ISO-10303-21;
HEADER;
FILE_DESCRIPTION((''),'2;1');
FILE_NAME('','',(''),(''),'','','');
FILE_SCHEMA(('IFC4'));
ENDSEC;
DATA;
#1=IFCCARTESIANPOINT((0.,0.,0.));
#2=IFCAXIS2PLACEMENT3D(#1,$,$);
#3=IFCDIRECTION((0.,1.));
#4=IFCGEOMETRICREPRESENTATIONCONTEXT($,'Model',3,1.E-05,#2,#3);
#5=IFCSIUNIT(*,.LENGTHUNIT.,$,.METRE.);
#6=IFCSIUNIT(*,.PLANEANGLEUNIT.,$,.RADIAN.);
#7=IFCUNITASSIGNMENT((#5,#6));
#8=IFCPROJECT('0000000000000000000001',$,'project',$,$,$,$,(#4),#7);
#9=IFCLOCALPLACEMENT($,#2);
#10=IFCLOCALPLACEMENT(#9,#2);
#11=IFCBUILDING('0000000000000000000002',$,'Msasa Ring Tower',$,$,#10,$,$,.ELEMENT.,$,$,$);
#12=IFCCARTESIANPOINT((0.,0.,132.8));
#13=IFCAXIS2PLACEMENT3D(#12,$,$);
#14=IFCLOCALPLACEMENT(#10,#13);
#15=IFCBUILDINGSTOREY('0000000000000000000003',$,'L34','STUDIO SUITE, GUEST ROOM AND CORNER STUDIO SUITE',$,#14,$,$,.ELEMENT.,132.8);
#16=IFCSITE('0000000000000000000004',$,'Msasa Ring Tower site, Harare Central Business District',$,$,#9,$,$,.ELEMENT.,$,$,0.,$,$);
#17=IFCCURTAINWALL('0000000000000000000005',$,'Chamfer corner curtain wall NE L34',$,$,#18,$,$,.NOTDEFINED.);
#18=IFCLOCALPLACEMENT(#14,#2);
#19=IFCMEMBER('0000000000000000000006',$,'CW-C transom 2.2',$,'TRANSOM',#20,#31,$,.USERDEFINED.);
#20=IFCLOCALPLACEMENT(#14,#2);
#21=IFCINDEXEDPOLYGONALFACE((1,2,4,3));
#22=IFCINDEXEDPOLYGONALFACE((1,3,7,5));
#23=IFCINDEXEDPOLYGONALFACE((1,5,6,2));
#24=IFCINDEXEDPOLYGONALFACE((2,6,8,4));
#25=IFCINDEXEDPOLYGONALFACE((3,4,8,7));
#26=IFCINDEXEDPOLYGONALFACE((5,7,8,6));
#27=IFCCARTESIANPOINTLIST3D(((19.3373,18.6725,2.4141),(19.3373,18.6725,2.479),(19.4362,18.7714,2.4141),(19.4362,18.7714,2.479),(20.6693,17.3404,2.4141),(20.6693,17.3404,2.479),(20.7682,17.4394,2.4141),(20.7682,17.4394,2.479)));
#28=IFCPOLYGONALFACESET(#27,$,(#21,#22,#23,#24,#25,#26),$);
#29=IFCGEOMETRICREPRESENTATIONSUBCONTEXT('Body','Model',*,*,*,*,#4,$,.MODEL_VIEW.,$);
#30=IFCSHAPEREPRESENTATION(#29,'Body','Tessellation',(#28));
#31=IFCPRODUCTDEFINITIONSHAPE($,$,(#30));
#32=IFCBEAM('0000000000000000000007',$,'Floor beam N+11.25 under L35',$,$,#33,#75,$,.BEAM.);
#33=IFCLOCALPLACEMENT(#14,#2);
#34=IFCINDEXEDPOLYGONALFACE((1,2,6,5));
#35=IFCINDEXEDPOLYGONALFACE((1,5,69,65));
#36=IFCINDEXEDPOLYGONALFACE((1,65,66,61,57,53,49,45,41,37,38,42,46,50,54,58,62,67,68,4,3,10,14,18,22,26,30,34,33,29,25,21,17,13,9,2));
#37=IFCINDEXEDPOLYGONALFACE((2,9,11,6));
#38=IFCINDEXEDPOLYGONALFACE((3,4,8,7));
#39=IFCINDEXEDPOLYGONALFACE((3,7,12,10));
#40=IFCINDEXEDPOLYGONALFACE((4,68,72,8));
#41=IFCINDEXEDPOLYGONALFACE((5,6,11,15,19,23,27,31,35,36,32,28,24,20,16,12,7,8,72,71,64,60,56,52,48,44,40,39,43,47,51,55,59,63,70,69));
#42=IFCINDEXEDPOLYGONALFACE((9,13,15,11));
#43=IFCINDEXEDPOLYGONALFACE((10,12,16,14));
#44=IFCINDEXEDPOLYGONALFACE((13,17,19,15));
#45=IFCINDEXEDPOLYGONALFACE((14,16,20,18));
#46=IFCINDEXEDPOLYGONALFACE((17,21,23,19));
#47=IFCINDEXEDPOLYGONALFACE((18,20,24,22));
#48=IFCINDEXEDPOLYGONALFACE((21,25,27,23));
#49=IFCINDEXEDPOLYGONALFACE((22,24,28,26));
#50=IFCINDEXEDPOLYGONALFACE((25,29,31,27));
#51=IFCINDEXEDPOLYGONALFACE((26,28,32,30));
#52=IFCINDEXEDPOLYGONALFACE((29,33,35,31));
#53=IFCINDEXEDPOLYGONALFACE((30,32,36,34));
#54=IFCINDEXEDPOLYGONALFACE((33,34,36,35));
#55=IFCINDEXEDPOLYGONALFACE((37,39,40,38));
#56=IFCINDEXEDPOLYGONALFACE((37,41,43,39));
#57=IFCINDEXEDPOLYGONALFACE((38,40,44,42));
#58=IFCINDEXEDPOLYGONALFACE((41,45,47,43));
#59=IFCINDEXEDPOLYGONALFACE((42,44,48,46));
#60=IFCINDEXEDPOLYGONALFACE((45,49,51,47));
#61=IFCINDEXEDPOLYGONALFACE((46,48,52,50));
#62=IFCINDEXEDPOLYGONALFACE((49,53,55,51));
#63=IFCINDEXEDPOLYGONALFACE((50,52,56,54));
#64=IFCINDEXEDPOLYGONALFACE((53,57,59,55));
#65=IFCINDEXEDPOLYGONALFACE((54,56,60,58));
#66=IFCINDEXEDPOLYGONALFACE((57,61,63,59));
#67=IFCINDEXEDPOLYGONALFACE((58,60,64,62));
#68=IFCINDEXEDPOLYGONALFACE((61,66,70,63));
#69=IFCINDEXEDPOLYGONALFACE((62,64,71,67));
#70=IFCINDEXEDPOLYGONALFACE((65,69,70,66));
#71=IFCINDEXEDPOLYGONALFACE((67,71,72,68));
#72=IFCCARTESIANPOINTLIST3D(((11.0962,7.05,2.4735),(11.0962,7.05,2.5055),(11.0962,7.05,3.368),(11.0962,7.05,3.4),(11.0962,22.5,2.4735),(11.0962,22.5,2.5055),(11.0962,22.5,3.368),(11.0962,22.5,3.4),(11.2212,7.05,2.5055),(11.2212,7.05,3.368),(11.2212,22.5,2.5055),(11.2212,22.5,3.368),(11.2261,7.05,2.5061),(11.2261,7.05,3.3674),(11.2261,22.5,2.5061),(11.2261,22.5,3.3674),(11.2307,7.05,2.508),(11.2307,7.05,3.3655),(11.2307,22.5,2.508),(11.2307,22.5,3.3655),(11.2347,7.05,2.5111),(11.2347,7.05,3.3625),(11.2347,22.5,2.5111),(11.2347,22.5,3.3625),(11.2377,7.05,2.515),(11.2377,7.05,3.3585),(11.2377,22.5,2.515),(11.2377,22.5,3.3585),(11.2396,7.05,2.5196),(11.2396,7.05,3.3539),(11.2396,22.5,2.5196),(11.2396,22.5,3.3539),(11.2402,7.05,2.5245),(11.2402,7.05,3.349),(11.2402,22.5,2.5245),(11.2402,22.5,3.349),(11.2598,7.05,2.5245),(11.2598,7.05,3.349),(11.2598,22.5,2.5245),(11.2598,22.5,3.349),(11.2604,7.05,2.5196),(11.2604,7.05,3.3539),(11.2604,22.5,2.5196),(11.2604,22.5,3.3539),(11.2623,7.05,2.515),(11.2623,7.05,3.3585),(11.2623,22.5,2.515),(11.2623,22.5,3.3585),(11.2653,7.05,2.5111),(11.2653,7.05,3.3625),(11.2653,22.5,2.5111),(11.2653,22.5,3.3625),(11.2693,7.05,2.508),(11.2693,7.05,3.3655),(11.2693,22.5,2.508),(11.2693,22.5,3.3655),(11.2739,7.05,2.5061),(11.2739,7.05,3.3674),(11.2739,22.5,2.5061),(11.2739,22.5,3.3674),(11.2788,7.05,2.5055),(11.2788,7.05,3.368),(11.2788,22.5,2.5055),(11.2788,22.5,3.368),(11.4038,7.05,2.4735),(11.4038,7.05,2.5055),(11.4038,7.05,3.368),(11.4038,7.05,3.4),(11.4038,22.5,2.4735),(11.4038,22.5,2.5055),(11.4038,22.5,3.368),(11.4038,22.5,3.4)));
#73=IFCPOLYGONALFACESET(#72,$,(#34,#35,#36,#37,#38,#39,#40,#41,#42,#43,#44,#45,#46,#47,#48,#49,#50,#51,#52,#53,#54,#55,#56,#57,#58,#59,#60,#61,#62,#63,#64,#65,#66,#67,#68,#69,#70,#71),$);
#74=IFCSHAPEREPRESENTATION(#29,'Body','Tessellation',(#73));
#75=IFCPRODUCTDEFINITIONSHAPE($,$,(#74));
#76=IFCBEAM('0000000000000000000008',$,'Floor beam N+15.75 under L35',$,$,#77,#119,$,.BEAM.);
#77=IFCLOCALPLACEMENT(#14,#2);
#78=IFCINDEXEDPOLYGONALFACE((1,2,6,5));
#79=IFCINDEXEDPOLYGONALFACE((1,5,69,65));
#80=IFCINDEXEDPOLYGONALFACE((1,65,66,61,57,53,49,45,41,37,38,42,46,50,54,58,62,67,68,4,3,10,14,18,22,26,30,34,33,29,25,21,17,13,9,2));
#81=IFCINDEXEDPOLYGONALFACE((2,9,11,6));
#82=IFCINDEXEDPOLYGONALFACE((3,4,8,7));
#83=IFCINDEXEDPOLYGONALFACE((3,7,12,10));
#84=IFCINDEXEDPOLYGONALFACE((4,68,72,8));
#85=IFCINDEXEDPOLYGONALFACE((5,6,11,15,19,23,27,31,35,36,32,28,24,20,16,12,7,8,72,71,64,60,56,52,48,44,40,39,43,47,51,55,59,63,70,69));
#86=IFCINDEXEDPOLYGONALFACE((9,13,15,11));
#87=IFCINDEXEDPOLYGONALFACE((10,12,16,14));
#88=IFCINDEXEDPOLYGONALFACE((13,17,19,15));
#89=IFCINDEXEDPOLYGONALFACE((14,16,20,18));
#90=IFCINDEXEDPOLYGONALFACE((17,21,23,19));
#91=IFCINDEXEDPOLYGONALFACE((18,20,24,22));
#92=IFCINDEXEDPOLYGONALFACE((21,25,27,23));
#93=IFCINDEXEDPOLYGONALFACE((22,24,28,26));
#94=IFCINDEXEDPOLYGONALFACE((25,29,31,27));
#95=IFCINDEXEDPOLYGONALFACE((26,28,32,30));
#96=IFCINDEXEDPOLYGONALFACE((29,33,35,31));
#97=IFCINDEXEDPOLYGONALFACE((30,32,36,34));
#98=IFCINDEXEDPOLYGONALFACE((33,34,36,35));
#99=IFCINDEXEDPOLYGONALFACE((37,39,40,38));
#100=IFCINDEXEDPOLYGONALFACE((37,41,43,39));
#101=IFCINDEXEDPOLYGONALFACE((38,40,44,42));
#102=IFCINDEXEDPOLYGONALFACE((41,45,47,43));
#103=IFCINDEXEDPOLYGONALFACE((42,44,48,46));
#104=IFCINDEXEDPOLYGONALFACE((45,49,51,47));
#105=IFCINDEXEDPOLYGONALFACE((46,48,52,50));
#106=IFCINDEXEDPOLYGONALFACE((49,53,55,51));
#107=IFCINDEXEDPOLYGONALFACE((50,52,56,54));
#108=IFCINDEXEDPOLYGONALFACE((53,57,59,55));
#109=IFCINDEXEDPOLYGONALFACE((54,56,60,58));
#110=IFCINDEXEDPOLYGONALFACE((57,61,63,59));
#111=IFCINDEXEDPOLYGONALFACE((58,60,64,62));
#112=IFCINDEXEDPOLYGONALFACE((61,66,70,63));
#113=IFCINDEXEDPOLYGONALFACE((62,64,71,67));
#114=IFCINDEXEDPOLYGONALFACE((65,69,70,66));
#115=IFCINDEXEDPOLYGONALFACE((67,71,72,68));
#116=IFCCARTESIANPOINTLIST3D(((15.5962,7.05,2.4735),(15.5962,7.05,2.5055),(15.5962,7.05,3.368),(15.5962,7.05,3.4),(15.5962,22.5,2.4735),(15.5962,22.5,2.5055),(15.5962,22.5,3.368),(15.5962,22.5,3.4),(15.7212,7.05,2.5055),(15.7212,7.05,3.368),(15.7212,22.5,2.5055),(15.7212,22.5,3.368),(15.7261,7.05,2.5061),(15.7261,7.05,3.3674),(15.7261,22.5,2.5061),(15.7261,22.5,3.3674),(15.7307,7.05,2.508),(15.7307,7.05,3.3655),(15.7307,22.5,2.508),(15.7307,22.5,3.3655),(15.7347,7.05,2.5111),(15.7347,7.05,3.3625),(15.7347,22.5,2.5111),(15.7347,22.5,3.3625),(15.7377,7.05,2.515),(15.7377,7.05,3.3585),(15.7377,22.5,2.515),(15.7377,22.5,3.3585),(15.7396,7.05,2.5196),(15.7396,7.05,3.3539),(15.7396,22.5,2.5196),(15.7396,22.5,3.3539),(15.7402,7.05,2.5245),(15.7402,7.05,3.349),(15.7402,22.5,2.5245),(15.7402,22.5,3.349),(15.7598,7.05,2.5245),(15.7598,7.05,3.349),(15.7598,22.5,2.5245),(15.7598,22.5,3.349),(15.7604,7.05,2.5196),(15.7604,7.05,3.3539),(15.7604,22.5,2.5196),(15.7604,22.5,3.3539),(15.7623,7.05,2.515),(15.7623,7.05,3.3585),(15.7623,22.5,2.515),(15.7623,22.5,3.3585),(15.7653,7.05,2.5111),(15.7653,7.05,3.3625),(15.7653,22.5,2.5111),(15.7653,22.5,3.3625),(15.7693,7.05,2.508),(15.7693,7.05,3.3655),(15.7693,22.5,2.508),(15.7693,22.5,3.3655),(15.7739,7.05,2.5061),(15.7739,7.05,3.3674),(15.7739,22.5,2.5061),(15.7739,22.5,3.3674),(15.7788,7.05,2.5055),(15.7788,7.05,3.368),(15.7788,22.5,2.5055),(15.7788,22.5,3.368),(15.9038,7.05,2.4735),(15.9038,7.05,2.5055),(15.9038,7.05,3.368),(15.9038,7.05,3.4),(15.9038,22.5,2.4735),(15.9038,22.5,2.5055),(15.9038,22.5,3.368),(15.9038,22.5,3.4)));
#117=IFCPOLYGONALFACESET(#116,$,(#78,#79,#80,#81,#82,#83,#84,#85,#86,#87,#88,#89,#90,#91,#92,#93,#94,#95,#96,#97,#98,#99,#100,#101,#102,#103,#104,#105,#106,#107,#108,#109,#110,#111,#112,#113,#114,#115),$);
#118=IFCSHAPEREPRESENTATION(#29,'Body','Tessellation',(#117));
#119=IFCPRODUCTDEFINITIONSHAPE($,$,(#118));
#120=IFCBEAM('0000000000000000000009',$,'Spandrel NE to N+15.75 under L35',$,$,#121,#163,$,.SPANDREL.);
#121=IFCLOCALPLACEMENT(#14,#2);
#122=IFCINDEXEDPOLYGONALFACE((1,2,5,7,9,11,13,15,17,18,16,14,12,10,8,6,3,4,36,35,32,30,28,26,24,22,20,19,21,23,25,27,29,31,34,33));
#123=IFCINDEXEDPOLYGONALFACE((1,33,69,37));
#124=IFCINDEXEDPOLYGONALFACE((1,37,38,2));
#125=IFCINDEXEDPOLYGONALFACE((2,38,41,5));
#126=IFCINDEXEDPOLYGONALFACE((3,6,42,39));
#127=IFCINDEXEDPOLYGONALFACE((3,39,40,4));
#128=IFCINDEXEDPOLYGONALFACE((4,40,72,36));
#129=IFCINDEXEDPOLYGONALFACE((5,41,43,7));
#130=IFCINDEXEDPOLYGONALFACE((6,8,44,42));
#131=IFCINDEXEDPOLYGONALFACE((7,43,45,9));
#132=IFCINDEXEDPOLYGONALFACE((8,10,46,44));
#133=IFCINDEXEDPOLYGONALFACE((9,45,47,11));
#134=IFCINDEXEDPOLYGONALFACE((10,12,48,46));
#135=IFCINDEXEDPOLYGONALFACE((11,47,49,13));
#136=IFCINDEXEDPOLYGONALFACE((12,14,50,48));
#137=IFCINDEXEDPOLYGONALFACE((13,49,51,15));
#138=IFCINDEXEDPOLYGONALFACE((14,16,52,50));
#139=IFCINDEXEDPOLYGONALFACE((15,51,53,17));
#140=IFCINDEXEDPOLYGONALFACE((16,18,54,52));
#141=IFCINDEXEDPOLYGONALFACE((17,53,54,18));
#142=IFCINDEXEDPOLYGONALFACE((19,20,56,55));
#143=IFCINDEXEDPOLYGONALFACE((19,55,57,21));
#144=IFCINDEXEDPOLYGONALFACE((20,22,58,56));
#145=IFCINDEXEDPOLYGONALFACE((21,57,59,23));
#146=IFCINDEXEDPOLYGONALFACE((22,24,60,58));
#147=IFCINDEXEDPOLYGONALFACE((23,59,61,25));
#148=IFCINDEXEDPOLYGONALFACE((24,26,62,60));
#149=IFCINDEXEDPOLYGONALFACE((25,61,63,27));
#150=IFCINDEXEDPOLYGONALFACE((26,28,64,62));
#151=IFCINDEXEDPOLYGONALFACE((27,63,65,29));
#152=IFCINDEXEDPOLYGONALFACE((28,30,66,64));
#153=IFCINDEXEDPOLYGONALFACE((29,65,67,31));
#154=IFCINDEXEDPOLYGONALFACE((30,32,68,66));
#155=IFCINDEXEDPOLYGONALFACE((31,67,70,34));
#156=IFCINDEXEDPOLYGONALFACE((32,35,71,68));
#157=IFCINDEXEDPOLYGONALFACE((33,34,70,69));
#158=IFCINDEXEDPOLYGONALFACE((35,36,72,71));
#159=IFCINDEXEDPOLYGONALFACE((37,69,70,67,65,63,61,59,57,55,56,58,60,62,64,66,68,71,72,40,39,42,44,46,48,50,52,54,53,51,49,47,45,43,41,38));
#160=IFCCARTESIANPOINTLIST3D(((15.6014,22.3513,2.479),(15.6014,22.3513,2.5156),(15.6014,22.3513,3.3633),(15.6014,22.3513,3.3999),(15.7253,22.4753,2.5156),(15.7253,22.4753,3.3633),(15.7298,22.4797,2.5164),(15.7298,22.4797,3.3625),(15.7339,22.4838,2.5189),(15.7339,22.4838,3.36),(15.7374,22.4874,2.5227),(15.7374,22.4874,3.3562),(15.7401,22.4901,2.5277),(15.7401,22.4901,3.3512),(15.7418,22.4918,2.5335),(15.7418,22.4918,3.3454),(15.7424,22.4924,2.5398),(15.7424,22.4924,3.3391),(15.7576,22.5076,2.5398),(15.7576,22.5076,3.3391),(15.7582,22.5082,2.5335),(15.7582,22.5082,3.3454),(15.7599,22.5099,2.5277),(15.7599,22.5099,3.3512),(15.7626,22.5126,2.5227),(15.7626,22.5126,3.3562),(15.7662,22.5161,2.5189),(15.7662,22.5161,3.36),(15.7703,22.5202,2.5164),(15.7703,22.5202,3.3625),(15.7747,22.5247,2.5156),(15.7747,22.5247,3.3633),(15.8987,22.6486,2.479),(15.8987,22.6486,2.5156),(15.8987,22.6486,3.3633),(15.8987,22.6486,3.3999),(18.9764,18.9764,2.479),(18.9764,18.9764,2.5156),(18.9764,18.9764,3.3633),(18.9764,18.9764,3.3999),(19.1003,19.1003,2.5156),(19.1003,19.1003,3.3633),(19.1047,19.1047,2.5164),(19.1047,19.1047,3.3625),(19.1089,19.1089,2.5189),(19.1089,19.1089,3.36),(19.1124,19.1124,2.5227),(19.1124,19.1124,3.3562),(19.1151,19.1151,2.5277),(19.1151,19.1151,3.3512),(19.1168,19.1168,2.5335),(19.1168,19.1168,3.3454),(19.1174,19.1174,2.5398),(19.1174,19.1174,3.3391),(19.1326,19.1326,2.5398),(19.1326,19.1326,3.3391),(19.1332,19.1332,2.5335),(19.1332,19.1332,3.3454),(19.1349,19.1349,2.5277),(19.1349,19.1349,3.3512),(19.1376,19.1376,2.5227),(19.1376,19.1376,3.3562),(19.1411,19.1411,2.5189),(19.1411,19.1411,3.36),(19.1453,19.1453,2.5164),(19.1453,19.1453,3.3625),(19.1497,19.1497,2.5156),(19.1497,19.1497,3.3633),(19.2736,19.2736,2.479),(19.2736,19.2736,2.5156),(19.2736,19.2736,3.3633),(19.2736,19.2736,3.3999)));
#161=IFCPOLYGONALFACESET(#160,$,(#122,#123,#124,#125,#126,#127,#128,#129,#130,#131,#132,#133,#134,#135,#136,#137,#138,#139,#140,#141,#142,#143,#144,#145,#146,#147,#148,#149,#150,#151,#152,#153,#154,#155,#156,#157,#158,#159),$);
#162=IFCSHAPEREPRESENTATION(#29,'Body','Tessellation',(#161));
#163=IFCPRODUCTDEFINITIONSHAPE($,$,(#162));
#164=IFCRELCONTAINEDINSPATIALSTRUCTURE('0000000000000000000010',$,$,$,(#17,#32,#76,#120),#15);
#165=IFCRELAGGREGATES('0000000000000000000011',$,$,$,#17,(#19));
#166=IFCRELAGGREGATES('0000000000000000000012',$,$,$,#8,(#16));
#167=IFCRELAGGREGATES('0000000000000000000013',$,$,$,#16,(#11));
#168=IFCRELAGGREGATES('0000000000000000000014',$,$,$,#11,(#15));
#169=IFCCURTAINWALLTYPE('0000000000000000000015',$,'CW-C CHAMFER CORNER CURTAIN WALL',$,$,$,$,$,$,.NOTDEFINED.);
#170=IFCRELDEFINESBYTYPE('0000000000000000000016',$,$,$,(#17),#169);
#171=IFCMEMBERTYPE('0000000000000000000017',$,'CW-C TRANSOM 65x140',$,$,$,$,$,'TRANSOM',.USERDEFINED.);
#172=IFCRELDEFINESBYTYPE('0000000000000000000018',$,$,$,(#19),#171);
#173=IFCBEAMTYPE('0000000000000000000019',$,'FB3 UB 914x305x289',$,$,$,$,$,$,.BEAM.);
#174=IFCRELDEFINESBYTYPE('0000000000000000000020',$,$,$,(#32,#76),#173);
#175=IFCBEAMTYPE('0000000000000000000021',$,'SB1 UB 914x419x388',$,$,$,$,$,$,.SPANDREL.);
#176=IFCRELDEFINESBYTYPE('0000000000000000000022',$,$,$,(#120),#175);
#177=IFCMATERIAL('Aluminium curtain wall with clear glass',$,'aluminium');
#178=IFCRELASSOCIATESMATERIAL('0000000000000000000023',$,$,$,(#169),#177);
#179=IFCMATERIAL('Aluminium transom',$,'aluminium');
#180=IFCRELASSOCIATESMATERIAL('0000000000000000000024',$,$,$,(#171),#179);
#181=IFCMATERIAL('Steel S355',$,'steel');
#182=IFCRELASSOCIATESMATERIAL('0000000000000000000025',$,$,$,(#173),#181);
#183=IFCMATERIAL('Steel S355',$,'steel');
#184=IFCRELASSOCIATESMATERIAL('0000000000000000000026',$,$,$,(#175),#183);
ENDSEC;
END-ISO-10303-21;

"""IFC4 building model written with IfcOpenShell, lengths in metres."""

from ifc_helpers import new_model, si_unit, direction, frame, origin, origin_2d, place, context, subcontext, project, spatial, rectangle, i_section, extrude, material, material_profile, profile_set, type_object, element, aggregate, save


model = new_model("IFC4")

# Units and contexts
model_context = context("Model", 3, precision=1e-05, world=origin(), true_north=direction((0.0, 1.0)))
body_context = subcontext(model_context, "Body", "Model", "MODEL_VIEW")
ifc_project = project(units=[si_unit("LENGTHUNIT", "METRE"), si_unit("PLANEANGLEUNIT", "RADIAN")], contexts=[model_context])

# Site, building, storey
site_placement = place(None, origin())
site = spatial("IfcSite", under=ifc_project, at=site_placement, Name="Msasa Ring Tower site, Harare Central Business District", CompositionType="ELEMENT", RefElevation=0.0)
building_placement = place(site_placement, origin())
building = spatial("IfcBuilding", under=site, at=building_placement, Name="Msasa Ring Tower", CompositionType="ELEMENT")
storey_placement = place(building_placement, frame((0.0, 0.0, 132.8)))
storey = spatial("IfcBuildingStorey", under=building, at=storey_placement, Name="L34", Description="STUDIO SUITE, GUEST ROOM AND CORNER STUDIO SUITE", CompositionType="ELEMENT", Elevation=132.8)

# Curtain wall
ifc_material_1 = material(Name="Aluminium curtain wall with clear glass", Category="aluminium")
curtain_wall_type = type_object("IfcCurtainWallType", Name="CW-C CHAMFER CORNER CURTAIN WALL", PredefinedType="NOTDEFINED", material=ifc_material_1)
curtain_wall_1_placement = place(storey_placement, origin())
curtain_wall_1 = element("IfcCurtainWall", 1, at=curtain_wall_1_placement, inside=storey, type_object=curtain_wall_type, Name="Chamfer corner curtain wall NE L34", PredefinedType="NOTDEFINED")

# Member
ifc_material_2 = material(Name="Aluminium transom", Category="aluminium")
ifc_material_profile_1 = material_profile(ifc_material_2, rectangle(XDim=0.1399, YDim=0.0649, at=origin_2d()), Name="AL 65x140")
ifc_profile_set_1 = profile_set([ifc_material_profile_1], Name="Aluminium transom")
member_type_1 = type_object("IfcMemberType", Name="CW-C TRANSOM 65x140", ElementType="TRANSOM", PredefinedType="USERDEFINED", material=ifc_profile_set_1)
member_1_placement = place(storey_placement, frame((20.7188, 17.3899, 2.4465), z_axis=(-0.707107, 0.707107, 0.0), x_axis=(-0.707107, -0.707107, 0.0)))
member_1 = element("IfcMember", 2, at=member_1_placement, type_object=member_type_1, Name="CW-C transom 2.2", ObjectType="TRANSOM", PredefinedType="USERDEFINED", context=body_context, shape_type="SweptSolid", body=[
    extrude(rectangle(XDim=0.1399, YDim=0.0649, at=origin_2d()), origin(), (0.0, 0.0, 1.0), 1.8838),
])

# Beams
ifc_material_3 = material(Name="Steel S355", Category="steel")
ifc_material_profile_2 = material_profile(ifc_material_3, i_section(OverallWidth=0.3076, OverallDepth=0.9265, WebThickness=0.0195, FlangeThickness=0.032, FilletRadius=0.019, at=origin_2d()), Name="UB 914x305x289")
ifc_profile_set_2 = profile_set([ifc_material_profile_2], Name="Steel S355")
beam_type_1 = type_object("IfcBeamType", Name="FB3 UB 914x305x289", PredefinedType="BEAM", material=ifc_profile_set_2)
for number, where, z_axis, x_axis, name in (
    (3, (11.25, 22.5, 2.9368), (0.0, -1.0, 0.0), (1.0, 0.0, 0.0), "Floor beam N+11.25 under L35"),
    (4, (15.75, 22.5, 2.9368), (0.0, -1.0, 0.0), (1.0, 0.0, 0.0), "Floor beam N+15.75 under L35"),
):
    element("IfcBeam", number, at=place(storey_placement, frame(where, z_axis=z_axis, x_axis=x_axis)), inside=storey, type_object=beam_type_1, Name=name, PredefinedType="BEAM", context=body_context, shape_type="SweptSolid", body=[
        extrude(i_section(OverallWidth=0.3076, OverallDepth=0.9265, WebThickness=0.0195, FlangeThickness=0.032, FilletRadius=0.019, at=origin_2d()), origin(), (0.0, 0.0, 1.0), 15.45),
    ])
ifc_material_4 = material(Name="Steel S355", Category="steel")
ifc_material_profile_3 = material_profile(ifc_material_4, i_section(OverallWidth=0.4204, OverallDepth=0.9209, WebThickness=0.0215, FlangeThickness=0.0366, FilletRadius=0.0242, at=origin_2d()), Name="UB 914x419x388")
ifc_profile_set_3 = profile_set([ifc_material_profile_3], Name="Steel S355")
beam_type_2 = type_object("IfcBeamType", Name="SB1 UB 914x419x388", PredefinedType="SPANDREL", material=ifc_profile_set_3)
beam_placement = place(storey_placement, frame((19.125, 19.125, 2.9395), z_axis=(-0.707107, 0.707107, 0.0), x_axis=(-0.707107, -0.707107, 0.0)))
element("IfcBeam", 5, at=beam_placement, inside=storey, type_object=beam_type_2, Name="Spandrel NE to N+15.75 under L35", PredefinedType="SPANDREL", context=body_context, shape_type="SweptSolid", body=[
    extrude(i_section(OverallWidth=0.4204, OverallDepth=0.9209, WebThickness=0.0215, FlangeThickness=0.0366, FilletRadius=0.0242, at=origin_2d()), origin(), (0.0, 0.0, 1.0), 4.7729),
])

aggregate(curtain_wall_1, [member_1])

save(model, "model.ifc")
